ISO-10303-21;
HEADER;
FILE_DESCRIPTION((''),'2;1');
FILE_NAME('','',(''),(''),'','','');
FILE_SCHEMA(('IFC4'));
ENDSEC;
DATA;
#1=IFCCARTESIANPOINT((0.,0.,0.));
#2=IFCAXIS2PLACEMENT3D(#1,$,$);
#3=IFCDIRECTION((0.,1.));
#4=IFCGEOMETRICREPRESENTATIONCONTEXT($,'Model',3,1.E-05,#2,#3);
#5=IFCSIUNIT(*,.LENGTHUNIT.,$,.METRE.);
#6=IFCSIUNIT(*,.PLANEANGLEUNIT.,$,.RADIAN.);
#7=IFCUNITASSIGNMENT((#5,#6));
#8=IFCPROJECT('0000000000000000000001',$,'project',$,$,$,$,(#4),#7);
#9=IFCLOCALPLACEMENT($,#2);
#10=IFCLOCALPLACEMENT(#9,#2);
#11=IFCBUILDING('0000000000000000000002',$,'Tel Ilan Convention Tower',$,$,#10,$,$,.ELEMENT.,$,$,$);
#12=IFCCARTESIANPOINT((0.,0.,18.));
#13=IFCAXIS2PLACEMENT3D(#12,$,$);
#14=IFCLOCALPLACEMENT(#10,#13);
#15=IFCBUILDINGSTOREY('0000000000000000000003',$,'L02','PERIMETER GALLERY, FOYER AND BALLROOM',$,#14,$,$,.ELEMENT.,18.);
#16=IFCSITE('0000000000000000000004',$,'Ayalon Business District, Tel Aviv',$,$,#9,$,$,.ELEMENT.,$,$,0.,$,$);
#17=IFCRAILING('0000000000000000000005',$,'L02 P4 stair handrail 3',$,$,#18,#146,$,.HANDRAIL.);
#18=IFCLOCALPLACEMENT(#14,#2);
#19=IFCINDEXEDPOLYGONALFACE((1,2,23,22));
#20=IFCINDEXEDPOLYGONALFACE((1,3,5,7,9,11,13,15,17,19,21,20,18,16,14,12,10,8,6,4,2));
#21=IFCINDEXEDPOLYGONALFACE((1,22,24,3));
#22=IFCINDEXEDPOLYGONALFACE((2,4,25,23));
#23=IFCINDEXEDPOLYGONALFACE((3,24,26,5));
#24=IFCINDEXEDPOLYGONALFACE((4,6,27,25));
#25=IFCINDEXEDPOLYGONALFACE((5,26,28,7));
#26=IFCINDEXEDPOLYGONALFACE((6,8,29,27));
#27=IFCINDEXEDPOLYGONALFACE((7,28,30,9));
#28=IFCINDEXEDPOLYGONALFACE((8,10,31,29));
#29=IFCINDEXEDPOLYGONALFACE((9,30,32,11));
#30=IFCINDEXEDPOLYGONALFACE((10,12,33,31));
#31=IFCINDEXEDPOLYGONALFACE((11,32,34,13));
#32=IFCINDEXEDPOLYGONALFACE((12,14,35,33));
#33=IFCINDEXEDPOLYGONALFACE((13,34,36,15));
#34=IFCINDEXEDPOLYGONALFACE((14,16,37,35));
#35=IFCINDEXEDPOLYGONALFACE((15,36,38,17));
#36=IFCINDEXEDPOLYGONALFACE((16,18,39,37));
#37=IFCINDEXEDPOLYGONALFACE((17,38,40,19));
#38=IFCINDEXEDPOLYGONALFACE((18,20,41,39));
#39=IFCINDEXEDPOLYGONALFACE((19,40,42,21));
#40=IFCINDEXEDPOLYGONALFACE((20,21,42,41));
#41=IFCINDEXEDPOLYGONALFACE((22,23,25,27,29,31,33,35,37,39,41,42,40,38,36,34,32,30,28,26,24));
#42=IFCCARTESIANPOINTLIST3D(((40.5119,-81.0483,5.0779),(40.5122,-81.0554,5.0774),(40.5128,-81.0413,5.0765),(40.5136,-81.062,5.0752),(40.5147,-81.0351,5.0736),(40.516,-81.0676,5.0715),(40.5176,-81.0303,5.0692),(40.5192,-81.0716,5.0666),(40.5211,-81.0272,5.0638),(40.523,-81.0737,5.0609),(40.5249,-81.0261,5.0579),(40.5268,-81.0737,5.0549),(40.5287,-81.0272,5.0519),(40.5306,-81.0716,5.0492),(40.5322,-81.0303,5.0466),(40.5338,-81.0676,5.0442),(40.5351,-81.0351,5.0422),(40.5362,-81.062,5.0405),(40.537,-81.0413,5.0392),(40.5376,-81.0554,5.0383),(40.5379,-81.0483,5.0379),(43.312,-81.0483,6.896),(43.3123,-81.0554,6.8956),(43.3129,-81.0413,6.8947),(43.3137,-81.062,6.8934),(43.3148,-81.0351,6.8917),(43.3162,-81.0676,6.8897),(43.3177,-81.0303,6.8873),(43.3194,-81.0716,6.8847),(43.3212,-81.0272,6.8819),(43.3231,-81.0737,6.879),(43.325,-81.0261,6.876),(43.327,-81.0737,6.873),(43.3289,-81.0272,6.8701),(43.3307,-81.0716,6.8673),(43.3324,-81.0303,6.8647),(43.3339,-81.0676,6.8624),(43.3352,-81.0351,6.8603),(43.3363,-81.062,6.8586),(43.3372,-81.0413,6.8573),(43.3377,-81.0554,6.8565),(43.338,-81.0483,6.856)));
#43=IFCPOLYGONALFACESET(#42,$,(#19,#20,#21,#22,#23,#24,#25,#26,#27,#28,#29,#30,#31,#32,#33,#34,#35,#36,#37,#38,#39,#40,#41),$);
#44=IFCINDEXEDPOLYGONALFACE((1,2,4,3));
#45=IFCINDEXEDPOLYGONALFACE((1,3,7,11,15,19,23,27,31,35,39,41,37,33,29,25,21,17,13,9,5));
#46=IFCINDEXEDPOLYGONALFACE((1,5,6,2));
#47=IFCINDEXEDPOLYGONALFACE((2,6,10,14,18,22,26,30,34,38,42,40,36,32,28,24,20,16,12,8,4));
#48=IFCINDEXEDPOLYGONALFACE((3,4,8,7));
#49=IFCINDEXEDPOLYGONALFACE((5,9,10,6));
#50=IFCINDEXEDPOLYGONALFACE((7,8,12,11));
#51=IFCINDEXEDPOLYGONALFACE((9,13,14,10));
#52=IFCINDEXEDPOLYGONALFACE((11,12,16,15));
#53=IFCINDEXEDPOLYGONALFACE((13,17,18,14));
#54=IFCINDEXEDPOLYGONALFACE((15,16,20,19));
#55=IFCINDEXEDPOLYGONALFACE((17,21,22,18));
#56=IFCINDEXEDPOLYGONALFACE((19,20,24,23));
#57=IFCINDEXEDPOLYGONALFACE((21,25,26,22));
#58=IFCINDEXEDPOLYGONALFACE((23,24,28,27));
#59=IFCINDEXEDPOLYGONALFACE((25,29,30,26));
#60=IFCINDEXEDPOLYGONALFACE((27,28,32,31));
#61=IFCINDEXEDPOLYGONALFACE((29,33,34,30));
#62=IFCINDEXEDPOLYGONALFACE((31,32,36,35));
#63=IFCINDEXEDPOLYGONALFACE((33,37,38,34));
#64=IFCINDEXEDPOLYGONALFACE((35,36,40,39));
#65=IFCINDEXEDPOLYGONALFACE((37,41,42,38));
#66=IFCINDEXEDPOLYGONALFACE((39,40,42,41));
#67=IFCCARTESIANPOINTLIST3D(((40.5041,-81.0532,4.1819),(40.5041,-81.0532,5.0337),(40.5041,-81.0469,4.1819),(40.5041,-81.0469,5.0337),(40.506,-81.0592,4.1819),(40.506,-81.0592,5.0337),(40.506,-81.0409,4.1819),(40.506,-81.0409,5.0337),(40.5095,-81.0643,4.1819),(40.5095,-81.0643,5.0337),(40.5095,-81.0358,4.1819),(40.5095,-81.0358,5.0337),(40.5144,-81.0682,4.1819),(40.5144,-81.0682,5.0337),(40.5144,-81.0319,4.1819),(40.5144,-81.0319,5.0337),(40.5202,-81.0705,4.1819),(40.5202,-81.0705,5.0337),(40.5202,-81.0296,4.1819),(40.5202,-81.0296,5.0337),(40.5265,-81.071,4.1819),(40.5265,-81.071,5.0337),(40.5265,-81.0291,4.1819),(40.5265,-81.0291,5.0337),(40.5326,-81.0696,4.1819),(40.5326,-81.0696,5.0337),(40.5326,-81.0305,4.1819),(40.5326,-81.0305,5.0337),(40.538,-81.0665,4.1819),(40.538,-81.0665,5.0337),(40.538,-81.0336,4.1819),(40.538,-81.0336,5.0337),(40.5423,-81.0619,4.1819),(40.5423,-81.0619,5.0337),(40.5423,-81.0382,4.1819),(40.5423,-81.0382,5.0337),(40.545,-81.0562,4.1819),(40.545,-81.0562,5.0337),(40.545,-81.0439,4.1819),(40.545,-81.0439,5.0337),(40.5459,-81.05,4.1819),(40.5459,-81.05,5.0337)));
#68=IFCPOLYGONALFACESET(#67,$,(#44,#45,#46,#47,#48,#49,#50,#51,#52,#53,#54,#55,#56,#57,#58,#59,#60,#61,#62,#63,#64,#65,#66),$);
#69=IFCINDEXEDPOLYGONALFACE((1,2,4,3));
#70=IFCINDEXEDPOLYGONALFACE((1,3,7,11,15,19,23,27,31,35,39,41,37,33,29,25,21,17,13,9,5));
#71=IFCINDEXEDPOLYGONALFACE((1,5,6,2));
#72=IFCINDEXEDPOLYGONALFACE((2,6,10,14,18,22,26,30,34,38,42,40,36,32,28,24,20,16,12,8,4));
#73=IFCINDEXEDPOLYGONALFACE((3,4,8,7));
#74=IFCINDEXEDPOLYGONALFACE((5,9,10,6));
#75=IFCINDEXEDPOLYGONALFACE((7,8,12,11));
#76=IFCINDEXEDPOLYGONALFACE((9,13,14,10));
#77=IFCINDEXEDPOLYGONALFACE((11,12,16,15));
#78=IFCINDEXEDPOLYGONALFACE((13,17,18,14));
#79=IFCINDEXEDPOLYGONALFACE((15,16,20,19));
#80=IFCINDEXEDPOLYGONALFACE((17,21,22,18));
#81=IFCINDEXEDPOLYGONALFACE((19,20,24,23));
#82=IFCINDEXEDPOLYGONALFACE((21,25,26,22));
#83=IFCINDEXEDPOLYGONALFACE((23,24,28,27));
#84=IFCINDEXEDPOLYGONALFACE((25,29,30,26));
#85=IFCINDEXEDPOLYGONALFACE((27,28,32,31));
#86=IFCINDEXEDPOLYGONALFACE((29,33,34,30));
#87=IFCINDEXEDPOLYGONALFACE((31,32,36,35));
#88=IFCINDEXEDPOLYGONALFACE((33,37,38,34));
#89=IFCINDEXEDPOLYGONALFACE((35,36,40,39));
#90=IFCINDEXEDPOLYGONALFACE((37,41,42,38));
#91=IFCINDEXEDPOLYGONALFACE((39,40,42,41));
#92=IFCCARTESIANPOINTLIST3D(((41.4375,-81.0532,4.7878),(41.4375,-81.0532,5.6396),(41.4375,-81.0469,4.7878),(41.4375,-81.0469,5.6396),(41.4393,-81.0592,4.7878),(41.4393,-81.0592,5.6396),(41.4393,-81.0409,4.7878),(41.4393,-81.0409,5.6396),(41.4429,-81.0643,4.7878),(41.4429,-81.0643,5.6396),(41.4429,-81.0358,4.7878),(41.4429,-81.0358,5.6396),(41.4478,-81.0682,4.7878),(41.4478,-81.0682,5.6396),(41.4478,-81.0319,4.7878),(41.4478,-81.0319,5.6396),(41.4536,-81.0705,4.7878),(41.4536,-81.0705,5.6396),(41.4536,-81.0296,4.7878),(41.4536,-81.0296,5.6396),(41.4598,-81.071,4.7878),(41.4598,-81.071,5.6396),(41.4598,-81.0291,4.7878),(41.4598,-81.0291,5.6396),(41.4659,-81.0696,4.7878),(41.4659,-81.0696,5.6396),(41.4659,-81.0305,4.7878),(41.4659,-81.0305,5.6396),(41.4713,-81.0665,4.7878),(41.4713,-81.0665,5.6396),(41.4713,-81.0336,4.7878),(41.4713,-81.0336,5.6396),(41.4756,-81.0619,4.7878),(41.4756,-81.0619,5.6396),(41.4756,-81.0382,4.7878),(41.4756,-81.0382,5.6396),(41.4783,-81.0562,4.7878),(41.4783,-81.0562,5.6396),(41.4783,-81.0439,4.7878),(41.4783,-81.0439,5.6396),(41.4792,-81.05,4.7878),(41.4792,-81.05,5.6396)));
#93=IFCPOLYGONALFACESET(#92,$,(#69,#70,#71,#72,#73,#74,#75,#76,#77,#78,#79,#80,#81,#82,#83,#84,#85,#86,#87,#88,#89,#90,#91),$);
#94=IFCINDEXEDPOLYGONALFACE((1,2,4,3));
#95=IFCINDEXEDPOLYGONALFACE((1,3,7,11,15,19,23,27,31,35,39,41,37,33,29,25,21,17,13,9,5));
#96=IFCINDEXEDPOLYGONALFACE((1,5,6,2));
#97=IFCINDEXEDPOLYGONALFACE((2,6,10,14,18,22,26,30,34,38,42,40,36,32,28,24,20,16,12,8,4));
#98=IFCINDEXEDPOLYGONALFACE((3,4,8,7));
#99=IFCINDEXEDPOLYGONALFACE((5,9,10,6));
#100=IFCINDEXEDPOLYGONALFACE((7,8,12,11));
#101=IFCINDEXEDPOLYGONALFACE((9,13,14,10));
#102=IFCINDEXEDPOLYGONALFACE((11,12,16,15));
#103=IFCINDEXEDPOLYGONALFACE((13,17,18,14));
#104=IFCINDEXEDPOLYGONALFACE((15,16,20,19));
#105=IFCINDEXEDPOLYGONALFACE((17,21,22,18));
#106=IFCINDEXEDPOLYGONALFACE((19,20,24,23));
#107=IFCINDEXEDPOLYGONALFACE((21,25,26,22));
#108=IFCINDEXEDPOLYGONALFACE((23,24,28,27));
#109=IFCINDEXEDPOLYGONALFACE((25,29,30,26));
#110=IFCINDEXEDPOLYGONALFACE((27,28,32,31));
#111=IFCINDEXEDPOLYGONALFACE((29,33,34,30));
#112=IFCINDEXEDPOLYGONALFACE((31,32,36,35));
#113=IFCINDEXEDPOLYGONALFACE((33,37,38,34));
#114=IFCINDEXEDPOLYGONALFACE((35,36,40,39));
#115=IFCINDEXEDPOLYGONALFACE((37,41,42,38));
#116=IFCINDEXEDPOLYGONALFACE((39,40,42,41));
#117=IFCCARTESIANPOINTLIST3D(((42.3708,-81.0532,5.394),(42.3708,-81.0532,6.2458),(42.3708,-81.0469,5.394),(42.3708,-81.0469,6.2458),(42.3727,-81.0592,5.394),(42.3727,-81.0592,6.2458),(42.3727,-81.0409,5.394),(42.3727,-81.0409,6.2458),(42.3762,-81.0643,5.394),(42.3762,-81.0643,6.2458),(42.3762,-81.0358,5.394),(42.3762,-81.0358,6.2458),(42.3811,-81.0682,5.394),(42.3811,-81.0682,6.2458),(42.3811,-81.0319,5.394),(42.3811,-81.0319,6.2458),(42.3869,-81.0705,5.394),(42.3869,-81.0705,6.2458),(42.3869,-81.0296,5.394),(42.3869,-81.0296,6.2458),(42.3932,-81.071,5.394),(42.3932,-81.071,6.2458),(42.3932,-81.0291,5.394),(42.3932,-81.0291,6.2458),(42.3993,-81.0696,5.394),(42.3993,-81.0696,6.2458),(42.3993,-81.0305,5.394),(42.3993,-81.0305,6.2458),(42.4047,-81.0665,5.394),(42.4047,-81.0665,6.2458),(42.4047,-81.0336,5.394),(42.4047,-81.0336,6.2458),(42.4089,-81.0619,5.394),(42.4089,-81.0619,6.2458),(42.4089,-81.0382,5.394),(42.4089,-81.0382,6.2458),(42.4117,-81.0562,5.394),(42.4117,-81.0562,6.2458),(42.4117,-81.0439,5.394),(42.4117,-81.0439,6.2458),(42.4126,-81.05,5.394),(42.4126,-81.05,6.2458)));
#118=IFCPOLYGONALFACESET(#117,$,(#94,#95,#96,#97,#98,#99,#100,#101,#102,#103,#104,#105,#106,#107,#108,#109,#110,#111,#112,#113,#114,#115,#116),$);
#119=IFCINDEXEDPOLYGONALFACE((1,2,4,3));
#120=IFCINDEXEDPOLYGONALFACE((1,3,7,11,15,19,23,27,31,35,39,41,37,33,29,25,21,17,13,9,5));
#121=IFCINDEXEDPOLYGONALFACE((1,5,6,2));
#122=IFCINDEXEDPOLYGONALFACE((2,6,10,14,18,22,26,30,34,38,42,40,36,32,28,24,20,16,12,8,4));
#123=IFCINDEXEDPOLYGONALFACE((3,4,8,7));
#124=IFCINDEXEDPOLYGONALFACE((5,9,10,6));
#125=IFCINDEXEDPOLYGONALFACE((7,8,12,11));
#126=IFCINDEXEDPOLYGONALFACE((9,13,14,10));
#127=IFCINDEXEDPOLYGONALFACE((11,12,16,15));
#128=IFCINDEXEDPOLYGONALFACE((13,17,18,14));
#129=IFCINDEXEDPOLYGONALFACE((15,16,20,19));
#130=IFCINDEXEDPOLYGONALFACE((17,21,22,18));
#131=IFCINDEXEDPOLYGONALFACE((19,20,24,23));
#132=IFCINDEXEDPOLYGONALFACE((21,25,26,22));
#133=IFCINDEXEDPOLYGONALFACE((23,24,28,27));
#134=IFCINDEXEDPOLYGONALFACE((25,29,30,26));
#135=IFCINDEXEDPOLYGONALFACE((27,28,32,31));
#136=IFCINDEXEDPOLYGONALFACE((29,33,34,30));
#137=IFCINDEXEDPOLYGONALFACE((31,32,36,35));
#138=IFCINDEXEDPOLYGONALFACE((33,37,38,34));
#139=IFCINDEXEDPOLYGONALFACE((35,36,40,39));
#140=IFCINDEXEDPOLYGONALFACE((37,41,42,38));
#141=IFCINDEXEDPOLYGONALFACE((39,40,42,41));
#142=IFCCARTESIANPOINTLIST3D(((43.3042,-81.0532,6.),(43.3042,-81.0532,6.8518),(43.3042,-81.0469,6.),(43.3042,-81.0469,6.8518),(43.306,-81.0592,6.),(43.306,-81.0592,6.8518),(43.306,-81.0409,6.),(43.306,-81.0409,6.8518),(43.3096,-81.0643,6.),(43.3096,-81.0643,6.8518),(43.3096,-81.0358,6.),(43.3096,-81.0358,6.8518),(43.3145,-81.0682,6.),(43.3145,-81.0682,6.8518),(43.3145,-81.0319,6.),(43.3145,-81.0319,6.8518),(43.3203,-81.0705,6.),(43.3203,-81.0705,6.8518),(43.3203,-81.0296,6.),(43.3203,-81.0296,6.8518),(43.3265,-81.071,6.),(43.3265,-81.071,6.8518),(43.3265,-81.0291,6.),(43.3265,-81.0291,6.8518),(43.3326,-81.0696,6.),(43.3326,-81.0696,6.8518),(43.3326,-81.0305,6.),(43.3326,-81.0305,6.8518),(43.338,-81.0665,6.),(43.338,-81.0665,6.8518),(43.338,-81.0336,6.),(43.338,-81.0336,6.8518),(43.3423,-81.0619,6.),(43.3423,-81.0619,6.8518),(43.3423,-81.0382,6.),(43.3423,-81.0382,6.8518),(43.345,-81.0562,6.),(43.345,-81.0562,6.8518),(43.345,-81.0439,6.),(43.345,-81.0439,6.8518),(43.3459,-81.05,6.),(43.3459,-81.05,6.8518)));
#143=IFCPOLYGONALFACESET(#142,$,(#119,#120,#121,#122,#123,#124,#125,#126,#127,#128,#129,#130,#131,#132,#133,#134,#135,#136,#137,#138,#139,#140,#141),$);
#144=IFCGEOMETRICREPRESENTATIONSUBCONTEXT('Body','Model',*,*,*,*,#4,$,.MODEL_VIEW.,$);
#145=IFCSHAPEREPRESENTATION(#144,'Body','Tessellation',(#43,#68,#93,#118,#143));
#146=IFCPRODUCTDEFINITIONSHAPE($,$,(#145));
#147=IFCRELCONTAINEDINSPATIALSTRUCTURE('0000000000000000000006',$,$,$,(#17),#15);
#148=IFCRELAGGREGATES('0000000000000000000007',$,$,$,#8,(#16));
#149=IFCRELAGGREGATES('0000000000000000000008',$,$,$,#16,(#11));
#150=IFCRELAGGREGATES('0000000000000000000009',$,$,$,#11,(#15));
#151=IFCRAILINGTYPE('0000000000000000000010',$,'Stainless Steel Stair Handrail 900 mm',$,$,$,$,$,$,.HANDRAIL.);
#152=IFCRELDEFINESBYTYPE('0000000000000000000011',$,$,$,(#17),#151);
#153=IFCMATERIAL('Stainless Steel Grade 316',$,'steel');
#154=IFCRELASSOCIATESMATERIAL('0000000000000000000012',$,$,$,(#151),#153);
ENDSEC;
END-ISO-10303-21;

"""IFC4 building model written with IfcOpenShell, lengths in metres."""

from ifc_helpers import new_model, si_unit, direction, frame, origin, origin_2d, place, context, subcontext, project, spatial, circle, extrude, material, type_object, element, save


model = new_model("IFC4")

# Units and contexts
model_context = context("Model", 3, precision=1e-05, world=origin(), true_north=direction((0.0, 1.0)))
body_context = subcontext(model_context, "Body", "Model", "MODEL_VIEW")
ifc_project = project(units=[si_unit("LENGTHUNIT", "METRE"), si_unit("PLANEANGLEUNIT", "RADIAN")], contexts=[model_context])

# Site, building, storey
site_placement = place(None, origin())
site = spatial("IfcSite", under=ifc_project, at=site_placement, Name="Ayalon Business District, Tel Aviv", CompositionType="ELEMENT", RefElevation=0.0)
building_placement = place(site_placement, origin())
building = spatial("IfcBuilding", under=site, at=building_placement, Name="Tel Ilan Convention Tower", CompositionType="ELEMENT")
storey_placement = place(building_placement, frame((0.0, 0.0, 18.0)))
storey = spatial("IfcBuildingStorey", under=building, at=storey_placement, Name="L02", Description="PERIMETER GALLERY, FOYER AND BALLROOM", CompositionType="ELEMENT", Elevation=18.0)

# Railing
ifc_material_1 = material(Name="Stainless Steel Grade 316", Category="steel")
railing_type_1 = type_object("IfcRailingType", Name="Stainless Steel Stair Handrail 900 mm", PredefinedType="HANDRAIL", material=ifc_material_1)
railing_1_placement = place(storey_placement, frame((40.5249, -81.05, 4.1819)))
element("IfcRailing", 1, at=railing_1_placement, inside=storey, type_object=railing_type_1, Name="L02 P4 stair handrail 3", PredefinedType="HANDRAIL", context=body_context, shape_type="SweptSolid", body=[
    extrude(circle(Radius=0.0239, at=origin_2d()), frame((0.0, 0.0, 0.876), z_axis=(0.838706, 0.0, 0.544585), x_axis=(0.0, 1.0, 0.0)), (0.0, 0.0, 1.0), 3.3386),
    extrude(circle(Radius=0.021, at=origin_2d()), origin(), (0.0, 0.0, 1.0), 0.8518),
    extrude(circle(Radius=0.021, at=origin_2d()), frame((0.9333, 0.0, 0.606)), (0.0, 0.0, 1.0), 0.8518),
    extrude(circle(Radius=0.021, at=origin_2d()), frame((1.8667, 0.0, 1.2122)), (0.0, 0.0, 1.0), 0.8518),
    extrude(circle(Radius=0.021, at=origin_2d()), frame((2.8, 0.0, 1.8181)), (0.0, 0.0, 1.0), 0.8518),
])

save(model, "model.ifc")
